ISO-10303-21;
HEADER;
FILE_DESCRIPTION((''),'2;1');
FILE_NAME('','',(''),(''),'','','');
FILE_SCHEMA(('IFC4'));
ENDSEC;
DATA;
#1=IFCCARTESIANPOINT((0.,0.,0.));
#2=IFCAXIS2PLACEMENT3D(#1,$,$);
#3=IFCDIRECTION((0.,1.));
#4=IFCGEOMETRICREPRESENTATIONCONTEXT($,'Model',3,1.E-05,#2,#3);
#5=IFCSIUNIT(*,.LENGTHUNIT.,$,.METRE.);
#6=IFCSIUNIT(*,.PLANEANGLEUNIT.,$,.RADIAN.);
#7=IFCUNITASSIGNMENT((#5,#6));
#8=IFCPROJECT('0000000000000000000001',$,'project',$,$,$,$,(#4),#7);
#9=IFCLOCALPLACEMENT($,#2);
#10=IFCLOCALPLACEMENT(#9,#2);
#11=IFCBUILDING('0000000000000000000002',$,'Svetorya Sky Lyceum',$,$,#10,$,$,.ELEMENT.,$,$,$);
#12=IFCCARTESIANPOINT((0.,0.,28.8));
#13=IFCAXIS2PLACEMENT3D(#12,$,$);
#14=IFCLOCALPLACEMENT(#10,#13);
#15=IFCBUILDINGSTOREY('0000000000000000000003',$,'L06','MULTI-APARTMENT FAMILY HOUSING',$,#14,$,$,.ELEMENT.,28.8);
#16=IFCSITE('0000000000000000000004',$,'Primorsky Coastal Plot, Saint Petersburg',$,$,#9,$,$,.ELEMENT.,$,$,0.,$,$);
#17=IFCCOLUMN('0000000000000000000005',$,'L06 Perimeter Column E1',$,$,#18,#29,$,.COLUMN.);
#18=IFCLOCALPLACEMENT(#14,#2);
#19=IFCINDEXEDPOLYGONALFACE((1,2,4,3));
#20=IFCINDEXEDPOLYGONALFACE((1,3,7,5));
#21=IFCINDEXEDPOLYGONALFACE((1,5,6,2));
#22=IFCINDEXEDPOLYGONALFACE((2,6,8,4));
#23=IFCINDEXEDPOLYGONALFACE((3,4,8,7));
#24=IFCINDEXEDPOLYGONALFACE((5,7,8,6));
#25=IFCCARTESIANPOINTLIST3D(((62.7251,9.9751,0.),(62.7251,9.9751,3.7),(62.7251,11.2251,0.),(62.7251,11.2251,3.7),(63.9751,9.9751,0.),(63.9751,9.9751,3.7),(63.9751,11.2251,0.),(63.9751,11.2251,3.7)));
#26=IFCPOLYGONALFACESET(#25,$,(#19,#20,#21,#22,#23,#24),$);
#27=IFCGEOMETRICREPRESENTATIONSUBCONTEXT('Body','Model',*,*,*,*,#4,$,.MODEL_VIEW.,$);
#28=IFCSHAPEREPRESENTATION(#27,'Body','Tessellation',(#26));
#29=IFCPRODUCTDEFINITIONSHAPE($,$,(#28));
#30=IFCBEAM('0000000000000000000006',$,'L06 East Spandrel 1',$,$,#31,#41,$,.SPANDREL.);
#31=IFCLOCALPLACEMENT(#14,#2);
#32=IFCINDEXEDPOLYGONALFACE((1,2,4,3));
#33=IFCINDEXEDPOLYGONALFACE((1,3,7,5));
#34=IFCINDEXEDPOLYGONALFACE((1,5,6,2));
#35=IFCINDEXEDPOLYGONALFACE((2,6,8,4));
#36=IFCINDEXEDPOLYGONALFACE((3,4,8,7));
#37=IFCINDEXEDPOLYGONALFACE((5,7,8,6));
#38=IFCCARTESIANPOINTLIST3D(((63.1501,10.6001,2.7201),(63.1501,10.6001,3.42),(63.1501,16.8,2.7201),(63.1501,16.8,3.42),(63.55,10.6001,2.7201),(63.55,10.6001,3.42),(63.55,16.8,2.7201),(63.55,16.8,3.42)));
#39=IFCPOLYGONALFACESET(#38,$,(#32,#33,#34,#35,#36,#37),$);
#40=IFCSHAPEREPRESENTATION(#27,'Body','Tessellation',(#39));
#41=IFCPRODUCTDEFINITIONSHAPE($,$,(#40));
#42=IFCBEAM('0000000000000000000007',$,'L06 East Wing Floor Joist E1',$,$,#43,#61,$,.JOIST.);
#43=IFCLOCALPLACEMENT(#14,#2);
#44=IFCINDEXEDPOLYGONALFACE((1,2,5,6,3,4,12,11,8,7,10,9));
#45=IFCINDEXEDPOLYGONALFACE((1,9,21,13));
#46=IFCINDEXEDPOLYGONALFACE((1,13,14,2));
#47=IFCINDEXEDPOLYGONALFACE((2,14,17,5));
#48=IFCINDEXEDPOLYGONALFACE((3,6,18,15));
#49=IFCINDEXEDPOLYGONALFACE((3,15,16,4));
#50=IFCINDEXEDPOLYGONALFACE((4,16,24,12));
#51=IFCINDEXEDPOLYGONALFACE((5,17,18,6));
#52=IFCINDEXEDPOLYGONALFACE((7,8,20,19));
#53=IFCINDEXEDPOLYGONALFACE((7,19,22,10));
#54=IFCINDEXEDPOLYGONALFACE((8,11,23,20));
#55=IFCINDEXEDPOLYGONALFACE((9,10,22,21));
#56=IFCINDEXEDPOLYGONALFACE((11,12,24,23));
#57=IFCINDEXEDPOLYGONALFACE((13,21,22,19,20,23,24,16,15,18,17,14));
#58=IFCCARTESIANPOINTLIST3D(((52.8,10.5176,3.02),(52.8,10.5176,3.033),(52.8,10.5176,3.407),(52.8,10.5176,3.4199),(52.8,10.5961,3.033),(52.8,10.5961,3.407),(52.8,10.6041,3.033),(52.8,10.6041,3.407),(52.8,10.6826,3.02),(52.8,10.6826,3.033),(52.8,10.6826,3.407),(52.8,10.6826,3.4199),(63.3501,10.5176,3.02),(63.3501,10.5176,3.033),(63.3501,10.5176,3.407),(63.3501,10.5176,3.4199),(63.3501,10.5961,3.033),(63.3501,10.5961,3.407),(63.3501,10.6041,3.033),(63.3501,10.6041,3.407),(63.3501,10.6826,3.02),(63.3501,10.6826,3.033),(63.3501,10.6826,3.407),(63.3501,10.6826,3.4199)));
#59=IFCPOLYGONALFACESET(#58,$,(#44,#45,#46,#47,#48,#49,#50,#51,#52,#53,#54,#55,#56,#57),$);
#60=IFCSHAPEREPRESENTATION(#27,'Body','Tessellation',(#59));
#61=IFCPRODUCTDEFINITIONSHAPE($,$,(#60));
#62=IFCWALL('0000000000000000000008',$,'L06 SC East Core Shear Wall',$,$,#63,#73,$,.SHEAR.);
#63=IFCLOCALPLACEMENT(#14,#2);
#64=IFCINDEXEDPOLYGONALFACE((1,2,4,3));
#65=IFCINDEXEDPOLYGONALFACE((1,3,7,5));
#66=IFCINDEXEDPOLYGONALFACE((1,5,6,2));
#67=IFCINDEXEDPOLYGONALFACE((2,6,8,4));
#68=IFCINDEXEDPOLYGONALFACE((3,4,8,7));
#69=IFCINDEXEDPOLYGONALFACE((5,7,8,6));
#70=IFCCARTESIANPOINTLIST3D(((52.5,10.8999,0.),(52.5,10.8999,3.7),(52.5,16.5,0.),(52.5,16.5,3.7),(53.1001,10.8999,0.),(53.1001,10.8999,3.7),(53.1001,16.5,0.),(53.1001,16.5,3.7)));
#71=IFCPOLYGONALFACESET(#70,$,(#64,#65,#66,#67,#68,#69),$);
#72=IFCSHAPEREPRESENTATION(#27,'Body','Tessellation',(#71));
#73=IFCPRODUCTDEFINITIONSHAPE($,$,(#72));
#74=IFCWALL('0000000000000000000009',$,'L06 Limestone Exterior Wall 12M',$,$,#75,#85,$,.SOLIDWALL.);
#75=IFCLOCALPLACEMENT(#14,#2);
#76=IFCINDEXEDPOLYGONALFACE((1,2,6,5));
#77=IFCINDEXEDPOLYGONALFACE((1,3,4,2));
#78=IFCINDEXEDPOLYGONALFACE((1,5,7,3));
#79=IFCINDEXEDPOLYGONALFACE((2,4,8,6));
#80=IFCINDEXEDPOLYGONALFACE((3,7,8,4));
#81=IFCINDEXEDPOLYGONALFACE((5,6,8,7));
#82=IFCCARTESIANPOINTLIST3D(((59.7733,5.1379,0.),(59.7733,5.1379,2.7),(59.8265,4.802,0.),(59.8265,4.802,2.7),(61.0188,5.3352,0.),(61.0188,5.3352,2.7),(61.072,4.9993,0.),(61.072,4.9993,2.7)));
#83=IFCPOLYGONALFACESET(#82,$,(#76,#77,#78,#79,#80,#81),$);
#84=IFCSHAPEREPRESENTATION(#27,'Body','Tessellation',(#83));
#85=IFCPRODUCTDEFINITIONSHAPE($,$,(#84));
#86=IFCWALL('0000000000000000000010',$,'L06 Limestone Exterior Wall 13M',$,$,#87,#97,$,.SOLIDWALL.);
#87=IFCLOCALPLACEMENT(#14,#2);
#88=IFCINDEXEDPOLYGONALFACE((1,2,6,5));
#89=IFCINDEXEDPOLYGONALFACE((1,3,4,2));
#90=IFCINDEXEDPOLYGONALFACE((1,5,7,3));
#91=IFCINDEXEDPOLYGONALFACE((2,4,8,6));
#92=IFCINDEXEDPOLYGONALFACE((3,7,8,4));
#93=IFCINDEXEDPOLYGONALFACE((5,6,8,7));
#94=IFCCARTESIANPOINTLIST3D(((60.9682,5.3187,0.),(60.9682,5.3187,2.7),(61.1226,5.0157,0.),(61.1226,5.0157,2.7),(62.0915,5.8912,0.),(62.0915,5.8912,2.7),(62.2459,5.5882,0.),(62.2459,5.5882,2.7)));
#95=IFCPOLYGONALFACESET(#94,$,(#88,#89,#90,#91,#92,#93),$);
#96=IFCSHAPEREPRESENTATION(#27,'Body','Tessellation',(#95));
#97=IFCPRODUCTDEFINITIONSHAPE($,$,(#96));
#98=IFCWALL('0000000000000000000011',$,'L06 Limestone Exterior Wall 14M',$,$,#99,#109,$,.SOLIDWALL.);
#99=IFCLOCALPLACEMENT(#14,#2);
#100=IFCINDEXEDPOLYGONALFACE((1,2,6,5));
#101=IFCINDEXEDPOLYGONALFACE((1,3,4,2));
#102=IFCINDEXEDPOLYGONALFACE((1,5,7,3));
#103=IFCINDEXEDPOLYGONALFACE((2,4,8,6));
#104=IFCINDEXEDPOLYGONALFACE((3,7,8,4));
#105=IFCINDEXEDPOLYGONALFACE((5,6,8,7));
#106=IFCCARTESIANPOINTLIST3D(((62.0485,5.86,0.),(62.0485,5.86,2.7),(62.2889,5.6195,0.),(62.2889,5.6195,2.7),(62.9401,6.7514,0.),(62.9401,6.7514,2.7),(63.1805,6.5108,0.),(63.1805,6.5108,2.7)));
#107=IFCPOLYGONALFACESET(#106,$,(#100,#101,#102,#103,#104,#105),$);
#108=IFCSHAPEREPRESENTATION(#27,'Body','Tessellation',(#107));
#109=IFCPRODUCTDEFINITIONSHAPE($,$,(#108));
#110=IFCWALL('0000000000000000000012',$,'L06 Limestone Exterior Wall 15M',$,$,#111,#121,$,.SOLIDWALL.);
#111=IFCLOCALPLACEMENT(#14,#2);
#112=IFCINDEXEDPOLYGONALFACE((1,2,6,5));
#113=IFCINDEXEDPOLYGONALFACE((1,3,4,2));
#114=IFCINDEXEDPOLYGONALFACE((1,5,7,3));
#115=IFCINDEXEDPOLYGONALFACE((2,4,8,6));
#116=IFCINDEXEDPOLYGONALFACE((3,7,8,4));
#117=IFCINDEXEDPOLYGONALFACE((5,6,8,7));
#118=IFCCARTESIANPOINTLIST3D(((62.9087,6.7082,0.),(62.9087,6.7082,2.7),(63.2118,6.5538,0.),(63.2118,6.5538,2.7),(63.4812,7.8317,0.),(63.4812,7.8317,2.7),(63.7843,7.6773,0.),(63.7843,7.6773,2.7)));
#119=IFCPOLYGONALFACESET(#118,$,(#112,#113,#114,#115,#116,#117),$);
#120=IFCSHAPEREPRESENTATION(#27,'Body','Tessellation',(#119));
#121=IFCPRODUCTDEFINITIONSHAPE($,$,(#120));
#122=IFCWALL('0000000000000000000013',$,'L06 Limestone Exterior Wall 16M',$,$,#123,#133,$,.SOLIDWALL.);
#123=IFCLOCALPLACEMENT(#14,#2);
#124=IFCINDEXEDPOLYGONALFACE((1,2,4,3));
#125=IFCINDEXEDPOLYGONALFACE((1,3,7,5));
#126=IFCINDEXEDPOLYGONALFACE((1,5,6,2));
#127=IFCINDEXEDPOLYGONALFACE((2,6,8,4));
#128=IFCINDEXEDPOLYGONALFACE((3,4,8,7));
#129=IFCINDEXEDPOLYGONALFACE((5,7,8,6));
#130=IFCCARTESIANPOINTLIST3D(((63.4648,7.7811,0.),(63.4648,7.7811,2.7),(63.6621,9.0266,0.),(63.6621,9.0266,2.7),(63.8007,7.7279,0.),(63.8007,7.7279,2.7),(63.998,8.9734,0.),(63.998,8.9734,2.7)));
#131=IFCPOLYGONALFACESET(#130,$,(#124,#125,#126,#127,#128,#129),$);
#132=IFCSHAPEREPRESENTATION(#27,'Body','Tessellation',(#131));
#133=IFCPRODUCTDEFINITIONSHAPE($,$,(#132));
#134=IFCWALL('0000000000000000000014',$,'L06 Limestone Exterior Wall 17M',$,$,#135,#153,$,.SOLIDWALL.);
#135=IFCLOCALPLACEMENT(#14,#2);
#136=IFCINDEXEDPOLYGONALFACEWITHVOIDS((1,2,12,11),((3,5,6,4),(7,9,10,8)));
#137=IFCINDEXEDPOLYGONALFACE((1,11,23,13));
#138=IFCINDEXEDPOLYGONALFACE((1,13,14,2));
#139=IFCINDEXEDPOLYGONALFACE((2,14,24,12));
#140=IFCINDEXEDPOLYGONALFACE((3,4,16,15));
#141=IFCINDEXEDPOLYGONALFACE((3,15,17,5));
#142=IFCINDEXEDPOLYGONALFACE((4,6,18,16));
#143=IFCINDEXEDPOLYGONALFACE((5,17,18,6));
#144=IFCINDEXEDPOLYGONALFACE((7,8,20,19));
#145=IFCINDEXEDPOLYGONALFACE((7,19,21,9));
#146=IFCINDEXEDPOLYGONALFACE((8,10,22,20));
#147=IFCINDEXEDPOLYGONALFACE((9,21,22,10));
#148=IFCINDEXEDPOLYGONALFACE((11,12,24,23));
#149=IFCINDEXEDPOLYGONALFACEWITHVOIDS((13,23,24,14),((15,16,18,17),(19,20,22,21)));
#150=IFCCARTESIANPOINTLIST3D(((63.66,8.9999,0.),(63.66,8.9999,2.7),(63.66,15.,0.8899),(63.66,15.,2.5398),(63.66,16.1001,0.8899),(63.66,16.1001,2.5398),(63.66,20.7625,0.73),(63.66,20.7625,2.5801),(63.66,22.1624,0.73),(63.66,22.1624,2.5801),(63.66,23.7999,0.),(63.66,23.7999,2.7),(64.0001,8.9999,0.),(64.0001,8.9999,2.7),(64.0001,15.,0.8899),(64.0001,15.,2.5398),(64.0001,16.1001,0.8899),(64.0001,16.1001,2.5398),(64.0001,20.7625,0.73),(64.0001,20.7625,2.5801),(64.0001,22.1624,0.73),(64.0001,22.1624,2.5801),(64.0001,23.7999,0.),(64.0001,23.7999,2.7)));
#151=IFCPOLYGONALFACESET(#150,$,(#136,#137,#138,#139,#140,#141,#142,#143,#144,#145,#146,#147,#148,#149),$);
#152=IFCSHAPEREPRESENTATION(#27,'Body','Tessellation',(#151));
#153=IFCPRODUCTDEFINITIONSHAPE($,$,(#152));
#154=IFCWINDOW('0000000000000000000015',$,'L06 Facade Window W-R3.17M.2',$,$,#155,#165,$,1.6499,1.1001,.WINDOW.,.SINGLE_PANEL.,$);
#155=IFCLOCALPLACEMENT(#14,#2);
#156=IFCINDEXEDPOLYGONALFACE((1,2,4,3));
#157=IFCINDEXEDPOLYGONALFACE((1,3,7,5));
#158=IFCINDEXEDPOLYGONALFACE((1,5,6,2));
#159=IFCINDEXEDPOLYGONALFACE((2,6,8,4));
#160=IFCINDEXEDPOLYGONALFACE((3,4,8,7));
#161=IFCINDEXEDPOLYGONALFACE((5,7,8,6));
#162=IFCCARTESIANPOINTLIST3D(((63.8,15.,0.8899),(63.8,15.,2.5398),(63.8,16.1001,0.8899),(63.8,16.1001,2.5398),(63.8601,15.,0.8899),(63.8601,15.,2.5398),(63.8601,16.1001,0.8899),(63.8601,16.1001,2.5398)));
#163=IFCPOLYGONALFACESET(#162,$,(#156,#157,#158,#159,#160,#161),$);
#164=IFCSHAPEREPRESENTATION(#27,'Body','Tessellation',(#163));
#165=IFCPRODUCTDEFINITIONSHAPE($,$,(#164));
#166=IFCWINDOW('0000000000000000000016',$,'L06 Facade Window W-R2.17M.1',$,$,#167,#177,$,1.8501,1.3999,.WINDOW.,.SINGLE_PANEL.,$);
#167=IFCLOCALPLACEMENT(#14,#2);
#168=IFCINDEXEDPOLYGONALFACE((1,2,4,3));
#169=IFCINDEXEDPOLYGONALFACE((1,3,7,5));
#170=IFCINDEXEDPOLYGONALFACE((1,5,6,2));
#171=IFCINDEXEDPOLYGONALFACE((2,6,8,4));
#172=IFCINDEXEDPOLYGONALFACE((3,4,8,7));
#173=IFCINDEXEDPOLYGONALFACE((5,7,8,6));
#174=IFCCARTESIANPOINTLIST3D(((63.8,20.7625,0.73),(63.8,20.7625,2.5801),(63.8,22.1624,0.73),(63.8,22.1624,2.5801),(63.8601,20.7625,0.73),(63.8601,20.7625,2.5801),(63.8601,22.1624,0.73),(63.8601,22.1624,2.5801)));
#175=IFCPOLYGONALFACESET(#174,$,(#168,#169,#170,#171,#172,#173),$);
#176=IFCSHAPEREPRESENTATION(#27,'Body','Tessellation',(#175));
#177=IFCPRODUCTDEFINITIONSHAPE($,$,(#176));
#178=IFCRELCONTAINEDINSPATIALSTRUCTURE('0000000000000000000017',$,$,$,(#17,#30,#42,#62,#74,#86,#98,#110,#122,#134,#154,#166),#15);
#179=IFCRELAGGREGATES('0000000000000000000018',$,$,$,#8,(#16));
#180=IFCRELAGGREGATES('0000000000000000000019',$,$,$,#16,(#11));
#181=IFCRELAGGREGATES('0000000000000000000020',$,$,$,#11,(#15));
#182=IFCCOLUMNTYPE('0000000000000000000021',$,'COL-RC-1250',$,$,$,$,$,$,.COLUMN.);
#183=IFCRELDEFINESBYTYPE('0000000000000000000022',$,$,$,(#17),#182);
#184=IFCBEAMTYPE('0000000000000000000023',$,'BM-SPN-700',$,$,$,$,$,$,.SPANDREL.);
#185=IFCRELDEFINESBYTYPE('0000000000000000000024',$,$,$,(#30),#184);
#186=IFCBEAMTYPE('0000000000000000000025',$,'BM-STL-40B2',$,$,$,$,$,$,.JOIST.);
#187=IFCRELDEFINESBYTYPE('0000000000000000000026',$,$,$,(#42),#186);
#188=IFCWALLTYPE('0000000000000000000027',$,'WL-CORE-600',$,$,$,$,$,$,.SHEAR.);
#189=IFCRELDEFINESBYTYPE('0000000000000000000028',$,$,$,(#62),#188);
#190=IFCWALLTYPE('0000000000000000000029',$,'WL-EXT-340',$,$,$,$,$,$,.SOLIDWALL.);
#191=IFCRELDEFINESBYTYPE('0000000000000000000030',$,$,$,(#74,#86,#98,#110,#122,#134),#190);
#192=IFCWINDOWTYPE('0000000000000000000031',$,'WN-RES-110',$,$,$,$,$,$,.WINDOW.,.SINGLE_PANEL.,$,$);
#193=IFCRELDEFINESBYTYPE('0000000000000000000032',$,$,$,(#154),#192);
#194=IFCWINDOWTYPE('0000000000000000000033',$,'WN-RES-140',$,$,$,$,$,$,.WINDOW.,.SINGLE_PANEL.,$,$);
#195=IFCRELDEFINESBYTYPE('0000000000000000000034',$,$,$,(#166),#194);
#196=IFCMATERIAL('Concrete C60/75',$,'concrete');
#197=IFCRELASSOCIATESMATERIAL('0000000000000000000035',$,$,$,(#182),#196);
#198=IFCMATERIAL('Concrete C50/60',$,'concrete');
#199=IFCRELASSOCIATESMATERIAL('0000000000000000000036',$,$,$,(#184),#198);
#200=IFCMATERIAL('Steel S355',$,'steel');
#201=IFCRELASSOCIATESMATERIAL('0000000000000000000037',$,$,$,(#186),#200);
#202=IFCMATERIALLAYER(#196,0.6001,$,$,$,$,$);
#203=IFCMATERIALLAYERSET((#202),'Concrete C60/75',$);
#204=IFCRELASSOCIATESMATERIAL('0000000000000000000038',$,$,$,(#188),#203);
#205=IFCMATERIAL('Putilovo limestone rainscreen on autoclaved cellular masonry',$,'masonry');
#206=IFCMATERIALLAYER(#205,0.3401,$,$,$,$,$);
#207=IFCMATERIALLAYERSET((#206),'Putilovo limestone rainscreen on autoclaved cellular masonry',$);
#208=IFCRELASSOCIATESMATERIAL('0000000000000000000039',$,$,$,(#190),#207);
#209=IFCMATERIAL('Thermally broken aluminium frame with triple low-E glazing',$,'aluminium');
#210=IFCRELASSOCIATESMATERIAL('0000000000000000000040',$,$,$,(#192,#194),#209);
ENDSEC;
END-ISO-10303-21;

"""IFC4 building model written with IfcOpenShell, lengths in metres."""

from ifc_helpers import new_model, si_unit, direction, frame, frame_2d, origin, origin_2d, place, context, subcontext, project, spatial, rectangle, i_section, extrude, material, layer, layer_set, material_profile, profile_set, type_object, element, fill, save


model = new_model("IFC4")

# Units and contexts
model_context = context("Model", 3, precision=1e-05, world=origin(), true_north=direction((0.0, 1.0)))
body_context = subcontext(model_context, "Body", "Model", "MODEL_VIEW")
ifc_project = project(units=[si_unit("LENGTHUNIT", "METRE"), si_unit("PLANEANGLEUNIT", "RADIAN")], contexts=[model_context])

# Site, building, storey
site_placement = place(None, origin())
site = spatial("IfcSite", under=ifc_project, at=site_placement, Name="Primorsky Coastal Plot, Saint Petersburg", CompositionType="ELEMENT", RefElevation=0.0)
building_placement = place(site_placement, origin())
building = spatial("IfcBuilding", under=site, at=building_placement, Name="Svetorya Sky Lyceum", CompositionType="ELEMENT")
storey_placement = place(building_placement, frame((0.0, 0.0, 28.8)))
storey = spatial("IfcBuildingStorey", under=building, at=storey_placement, Name="L06", Description="MULTI-APARTMENT FAMILY HOUSING", CompositionType="ELEMENT", Elevation=28.8)

# Column
ifc_material_1 = material(Name="Concrete C60/75", Category="concrete")
ifc_material_profile_1 = material_profile(ifc_material_1, rectangle(XDim=1.25, YDim=1.25, at=origin_2d()), Name="RC COL 1250x1250")
ifc_profile_set_1 = profile_set([ifc_material_profile_1], Name="Concrete C60/75")
column_type = type_object("IfcColumnType", Name="COL-RC-1250", PredefinedType="COLUMN", material=ifc_profile_set_1)
column_placement = place(storey_placement, frame((63.3501, 10.6001, 0.0), z_axis=(0.0, 0.0, 1.0), x_axis=(1.0, 0.0, 0.0)))
element("IfcColumn", 1, at=column_placement, inside=storey, type_object=column_type, Name="L06 Perimeter Column E1", PredefinedType="COLUMN", context=body_context, shape_type="SweptSolid", body=[
    extrude(rectangle(XDim=1.25, YDim=1.25, at=origin_2d()), origin(), (0.0, 0.0, 1.0), 3.7),
])

# Beams
ifc_material_2 = material(Name="Concrete C50/60", Category="concrete")
ifc_material_profile_2 = material_profile(ifc_material_2, rectangle(XDim=0.3999, YDim=0.7, at=origin_2d()), Name="RC SPANDREL 400x700")
ifc_profile_set_2 = profile_set([ifc_material_profile_2], Name="Concrete C50/60")
beam_type_1 = type_object("IfcBeamType", Name="BM-SPN-700", PredefinedType="SPANDREL", material=ifc_profile_set_2)
beam_1_placement = place(storey_placement, frame((63.3501, 10.6001, 3.0701), z_axis=(0.0, 1.0, 0.0), x_axis=(-1.0, 0.0, 0.0)))
element("IfcBeam", 2, at=beam_1_placement, inside=storey, type_object=beam_type_1, Name="L06 East Spandrel 1", PredefinedType="SPANDREL", context=body_context, shape_type="SweptSolid", body=[
    extrude(rectangle(XDim=0.3999, YDim=0.7, at=origin_2d()), origin(), (0.0, 0.0, 1.0), 6.2),
])
ifc_material_3 = material(Name="Steel S355", Category="steel")
ifc_material_profile_3 = material_profile(ifc_material_3, i_section(OverallWidth=0.165, OverallDepth=0.3999, WebThickness=0.0081, FlangeThickness=0.0129, at=origin_2d()), Name="GOST 40B2")
ifc_profile_set_3 = profile_set([ifc_material_profile_3], Name="Steel S355")
beam_type_2 = type_object("IfcBeamType", Name="BM-STL-40B2", PredefinedType="JOIST", material=ifc_profile_set_3)
beam_2_placement = place(storey_placement, frame((52.8, 10.6001, 3.22), z_axis=(1.0, 0.0, 0.0), x_axis=(0.0, 1.0, 0.0)))
element("IfcBeam", 3, at=beam_2_placement, inside=storey, type_object=beam_type_2, Name="L06 East Wing Floor Joist E1", PredefinedType="JOIST", context=body_context, shape_type="SweptSolid", body=[
    extrude(i_section(OverallWidth=0.165, OverallDepth=0.3999, WebThickness=0.0081, FlangeThickness=0.0129, at=origin_2d()), origin(), (0.0, 0.0, 1.0), 10.55),
])

# Walls
ifc_layer_1 = layer(ifc_material_1, 0.6001)
ifc_layer_set_1 = layer_set([ifc_layer_1], Name="Concrete C60/75")
wall_type_1 = type_object("IfcWallType", Name="WL-CORE-600", PredefinedType="SHEAR", material=ifc_layer_set_1)
wall_1_placement = place(storey_placement, frame((52.8, 10.8999, 0.0), z_axis=(0.0, 0.0, 1.0), x_axis=(0.0, 1.0, 0.0)))
element("IfcWall", 4, at=wall_1_placement, inside=storey, type_object=wall_type_1, Name="L06 SC East Core Shear Wall", PredefinedType="SHEAR", context=body_context, shape_type="SweptSolid", body=[
    extrude(rectangle(XDim=5.6001, YDim=0.6001, at=frame_2d((2.8, 0.0))), origin(), (0.0, 0.0, 1.0), 3.7),
])
ifc_material_4 = material(Name="Putilovo limestone rainscreen on autoclaved cellular masonry", Category="masonry")
ifc_layer_2 = layer(ifc_material_4, 0.3401)
ifc_layer_set_2 = layer_set([ifc_layer_2], Name="Putilovo limestone rainscreen on autoclaved cellular masonry")
wall_type_2 = type_object("IfcWallType", Name="WL-EXT-340", PredefinedType="SOLIDWALL", material=ifc_layer_set_2)
wall_2_placement = place(storey_placement, frame((59.8, 4.97, 0.0), z_axis=(0.0, 0.0, 1.0), x_axis=(0.987686, 0.15645, 0.0)))
element("IfcWall", 5, at=wall_2_placement, inside=storey, type_object=wall_type_2, Name="L06 Limestone Exterior Wall 12M", PredefinedType="SOLIDWALL", context=body_context, shape_type="SweptSolid", body=[
    extrude(rectangle(XDim=1.261, YDim=0.3401, at=frame_2d((0.6304, 0.0))), origin(), (0.0, 0.0, 1.0), 2.7),
])
for number, where, z_axis, x_axis, name in (
    (6, (61.0454, 5.1672, 0.0), (0.0, 0.0, 1.0), (0.890954, 0.454094, 0.0), "L06 Limestone Exterior Wall 13M"),
    (7, (62.1687, 5.7397, 0.0), (0.0, 0.0, 1.0), (0.707204, 0.70701, 0.0), "L06 Limestone Exterior Wall 14M"),
):
    element("IfcWall", number, at=place(storey_placement, frame(where, z_axis=z_axis, x_axis=x_axis)), inside=storey, type_object=wall_type_2, Name=name, PredefinedType="SOLIDWALL", context=body_context, shape_type="SweptSolid", body=[
        extrude(rectangle(XDim=1.2607, YDim=0.3401, at=frame_2d((0.6304, 0.0))), origin(), (0.0, 0.0, 1.0), 2.7),
    ])
for number, where, z_axis, x_axis, name in (
    (8, (63.0603, 6.6311, 0.0), (0.0, 0.0, 1.0), (0.454016, 0.890994, 0.0), "L06 Limestone Exterior Wall 15M"),
    (9, (63.6328, 7.7546, 0.0), (0.0, 0.0, 1.0), (0.15645, 0.987686, 0.0), "L06 Limestone Exterior Wall 16M"),
):
    element("IfcWall", number, at=place(storey_placement, frame(where, z_axis=z_axis, x_axis=x_axis)), inside=storey, type_object=wall_type_2, Name=name, PredefinedType="SOLIDWALL", context=body_context, shape_type="SweptSolid", body=[
        extrude(rectangle(XDim=1.261, YDim=0.3401, at=frame_2d((0.6304, 0.0))), origin(), (0.0, 0.0, 1.0), 2.7),
    ])

# Wall, openings, windows
wall_3_placement = place(storey_placement, frame((63.8301, 9.0, 0.0), z_axis=(0.0, 0.0, 1.0), x_axis=(0.0, 1.0, 0.0)))
wall_3 = element("IfcWall", 10, at=wall_3_placement, inside=storey, type_object=wall_type_2, Name="L06 Limestone Exterior Wall 17M", PredefinedType="SOLIDWALL", context=body_context, shape_type="SweptSolid", body=[
    extrude(rectangle(XDim=14.8, YDim=0.3401, at=frame_2d((7.3999, 0.0))), origin(), (0.0, 0.0, 1.0), 2.7),
])
opening_1_placement = place(wall_3_placement, frame((6.0, 0.0, 0.8899)))
opening_1 = element("IfcOpeningElement", 11, at=opening_1_placement, cuts=wall_3, PredefinedType="OPENING", context=body_context, shape_type="SweptSolid", body=[
    extrude(rectangle(XDim=1.1001, YDim=1.6499, at=frame_2d((0.55, 0.825))), frame((0.0, 0.1799, 0.0), z_axis=(0.0, -1.0, 0.0), x_axis=(1.0, 0.0, 0.0)), (0.0, 0.0, 1.0), 0.3601),
])
opening_2_placement = place(wall_3_placement, frame((11.7625, 0.0, 0.73)))
opening_2 = element("IfcOpeningElement", 12, at=opening_2_placement, cuts=wall_3, PredefinedType="OPENING", context=body_context, shape_type="SweptSolid", body=[
    extrude(rectangle(XDim=1.3999, YDim=1.8501, at=frame_2d((0.7, 0.925))), frame((0.0, 0.1799, 0.0), z_axis=(0.0, -1.0, 0.0), x_axis=(1.0, 0.0, 0.0)), (0.0, 0.0, 1.0), 0.3601),
])
ifc_material_5 = material(Name="Thermally broken aluminium frame with triple low-E glazing", Category="aluminium")
window_type_1 = type_object("IfcWindowType", Name="WN-RES-110", PartitioningType="SINGLE_PANEL", PredefinedType="WINDOW", material=ifc_material_5)
window_1_placement = place(opening_1_placement, origin())
window_1 = element("IfcWindow", 13, at=window_1_placement, inside=storey, type_object=window_type_1, Name="L06 Facade Window W-R3.17M.2", OverallHeight=1.6499, OverallWidth=1.1001, PartitioningType="SINGLE_PANEL", PredefinedType="WINDOW", context=body_context, shape_type="SweptSolid", body=[
    extrude(rectangle(XDim=1.1001, YDim=1.6499, at=frame_2d((0.55, 0.825))), frame((0.0, 0.03, 0.0), z_axis=(0.0, -1.0, 0.0), x_axis=(1.0, 0.0, 0.0)), (0.0, 0.0, 1.0), 0.0601),
])
fill(opening_1, window_1)
window_type_2 = type_object("IfcWindowType", Name="WN-RES-140", PartitioningType="SINGLE_PANEL", PredefinedType="WINDOW", material=ifc_material_5)
window_2_placement = place(opening_2_placement, origin())
window_2 = element("IfcWindow", 14, at=window_2_placement, inside=storey, type_object=window_type_2, Name="L06 Facade Window W-R2.17M.1", OverallHeight=1.8501, OverallWidth=1.3999, PartitioningType="SINGLE_PANEL", PredefinedType="WINDOW", context=body_context, shape_type="SweptSolid", body=[
    extrude(rectangle(XDim=1.3999, YDim=1.8501, at=frame_2d((0.7, 0.925))), frame((0.0, 0.03, 0.0), z_axis=(0.0, -1.0, 0.0), x_axis=(1.0, 0.0, 0.0)), (0.0, 0.0, 1.0), 0.0601),
])
fill(opening_2, window_2)

save(model, "model.ifc")
